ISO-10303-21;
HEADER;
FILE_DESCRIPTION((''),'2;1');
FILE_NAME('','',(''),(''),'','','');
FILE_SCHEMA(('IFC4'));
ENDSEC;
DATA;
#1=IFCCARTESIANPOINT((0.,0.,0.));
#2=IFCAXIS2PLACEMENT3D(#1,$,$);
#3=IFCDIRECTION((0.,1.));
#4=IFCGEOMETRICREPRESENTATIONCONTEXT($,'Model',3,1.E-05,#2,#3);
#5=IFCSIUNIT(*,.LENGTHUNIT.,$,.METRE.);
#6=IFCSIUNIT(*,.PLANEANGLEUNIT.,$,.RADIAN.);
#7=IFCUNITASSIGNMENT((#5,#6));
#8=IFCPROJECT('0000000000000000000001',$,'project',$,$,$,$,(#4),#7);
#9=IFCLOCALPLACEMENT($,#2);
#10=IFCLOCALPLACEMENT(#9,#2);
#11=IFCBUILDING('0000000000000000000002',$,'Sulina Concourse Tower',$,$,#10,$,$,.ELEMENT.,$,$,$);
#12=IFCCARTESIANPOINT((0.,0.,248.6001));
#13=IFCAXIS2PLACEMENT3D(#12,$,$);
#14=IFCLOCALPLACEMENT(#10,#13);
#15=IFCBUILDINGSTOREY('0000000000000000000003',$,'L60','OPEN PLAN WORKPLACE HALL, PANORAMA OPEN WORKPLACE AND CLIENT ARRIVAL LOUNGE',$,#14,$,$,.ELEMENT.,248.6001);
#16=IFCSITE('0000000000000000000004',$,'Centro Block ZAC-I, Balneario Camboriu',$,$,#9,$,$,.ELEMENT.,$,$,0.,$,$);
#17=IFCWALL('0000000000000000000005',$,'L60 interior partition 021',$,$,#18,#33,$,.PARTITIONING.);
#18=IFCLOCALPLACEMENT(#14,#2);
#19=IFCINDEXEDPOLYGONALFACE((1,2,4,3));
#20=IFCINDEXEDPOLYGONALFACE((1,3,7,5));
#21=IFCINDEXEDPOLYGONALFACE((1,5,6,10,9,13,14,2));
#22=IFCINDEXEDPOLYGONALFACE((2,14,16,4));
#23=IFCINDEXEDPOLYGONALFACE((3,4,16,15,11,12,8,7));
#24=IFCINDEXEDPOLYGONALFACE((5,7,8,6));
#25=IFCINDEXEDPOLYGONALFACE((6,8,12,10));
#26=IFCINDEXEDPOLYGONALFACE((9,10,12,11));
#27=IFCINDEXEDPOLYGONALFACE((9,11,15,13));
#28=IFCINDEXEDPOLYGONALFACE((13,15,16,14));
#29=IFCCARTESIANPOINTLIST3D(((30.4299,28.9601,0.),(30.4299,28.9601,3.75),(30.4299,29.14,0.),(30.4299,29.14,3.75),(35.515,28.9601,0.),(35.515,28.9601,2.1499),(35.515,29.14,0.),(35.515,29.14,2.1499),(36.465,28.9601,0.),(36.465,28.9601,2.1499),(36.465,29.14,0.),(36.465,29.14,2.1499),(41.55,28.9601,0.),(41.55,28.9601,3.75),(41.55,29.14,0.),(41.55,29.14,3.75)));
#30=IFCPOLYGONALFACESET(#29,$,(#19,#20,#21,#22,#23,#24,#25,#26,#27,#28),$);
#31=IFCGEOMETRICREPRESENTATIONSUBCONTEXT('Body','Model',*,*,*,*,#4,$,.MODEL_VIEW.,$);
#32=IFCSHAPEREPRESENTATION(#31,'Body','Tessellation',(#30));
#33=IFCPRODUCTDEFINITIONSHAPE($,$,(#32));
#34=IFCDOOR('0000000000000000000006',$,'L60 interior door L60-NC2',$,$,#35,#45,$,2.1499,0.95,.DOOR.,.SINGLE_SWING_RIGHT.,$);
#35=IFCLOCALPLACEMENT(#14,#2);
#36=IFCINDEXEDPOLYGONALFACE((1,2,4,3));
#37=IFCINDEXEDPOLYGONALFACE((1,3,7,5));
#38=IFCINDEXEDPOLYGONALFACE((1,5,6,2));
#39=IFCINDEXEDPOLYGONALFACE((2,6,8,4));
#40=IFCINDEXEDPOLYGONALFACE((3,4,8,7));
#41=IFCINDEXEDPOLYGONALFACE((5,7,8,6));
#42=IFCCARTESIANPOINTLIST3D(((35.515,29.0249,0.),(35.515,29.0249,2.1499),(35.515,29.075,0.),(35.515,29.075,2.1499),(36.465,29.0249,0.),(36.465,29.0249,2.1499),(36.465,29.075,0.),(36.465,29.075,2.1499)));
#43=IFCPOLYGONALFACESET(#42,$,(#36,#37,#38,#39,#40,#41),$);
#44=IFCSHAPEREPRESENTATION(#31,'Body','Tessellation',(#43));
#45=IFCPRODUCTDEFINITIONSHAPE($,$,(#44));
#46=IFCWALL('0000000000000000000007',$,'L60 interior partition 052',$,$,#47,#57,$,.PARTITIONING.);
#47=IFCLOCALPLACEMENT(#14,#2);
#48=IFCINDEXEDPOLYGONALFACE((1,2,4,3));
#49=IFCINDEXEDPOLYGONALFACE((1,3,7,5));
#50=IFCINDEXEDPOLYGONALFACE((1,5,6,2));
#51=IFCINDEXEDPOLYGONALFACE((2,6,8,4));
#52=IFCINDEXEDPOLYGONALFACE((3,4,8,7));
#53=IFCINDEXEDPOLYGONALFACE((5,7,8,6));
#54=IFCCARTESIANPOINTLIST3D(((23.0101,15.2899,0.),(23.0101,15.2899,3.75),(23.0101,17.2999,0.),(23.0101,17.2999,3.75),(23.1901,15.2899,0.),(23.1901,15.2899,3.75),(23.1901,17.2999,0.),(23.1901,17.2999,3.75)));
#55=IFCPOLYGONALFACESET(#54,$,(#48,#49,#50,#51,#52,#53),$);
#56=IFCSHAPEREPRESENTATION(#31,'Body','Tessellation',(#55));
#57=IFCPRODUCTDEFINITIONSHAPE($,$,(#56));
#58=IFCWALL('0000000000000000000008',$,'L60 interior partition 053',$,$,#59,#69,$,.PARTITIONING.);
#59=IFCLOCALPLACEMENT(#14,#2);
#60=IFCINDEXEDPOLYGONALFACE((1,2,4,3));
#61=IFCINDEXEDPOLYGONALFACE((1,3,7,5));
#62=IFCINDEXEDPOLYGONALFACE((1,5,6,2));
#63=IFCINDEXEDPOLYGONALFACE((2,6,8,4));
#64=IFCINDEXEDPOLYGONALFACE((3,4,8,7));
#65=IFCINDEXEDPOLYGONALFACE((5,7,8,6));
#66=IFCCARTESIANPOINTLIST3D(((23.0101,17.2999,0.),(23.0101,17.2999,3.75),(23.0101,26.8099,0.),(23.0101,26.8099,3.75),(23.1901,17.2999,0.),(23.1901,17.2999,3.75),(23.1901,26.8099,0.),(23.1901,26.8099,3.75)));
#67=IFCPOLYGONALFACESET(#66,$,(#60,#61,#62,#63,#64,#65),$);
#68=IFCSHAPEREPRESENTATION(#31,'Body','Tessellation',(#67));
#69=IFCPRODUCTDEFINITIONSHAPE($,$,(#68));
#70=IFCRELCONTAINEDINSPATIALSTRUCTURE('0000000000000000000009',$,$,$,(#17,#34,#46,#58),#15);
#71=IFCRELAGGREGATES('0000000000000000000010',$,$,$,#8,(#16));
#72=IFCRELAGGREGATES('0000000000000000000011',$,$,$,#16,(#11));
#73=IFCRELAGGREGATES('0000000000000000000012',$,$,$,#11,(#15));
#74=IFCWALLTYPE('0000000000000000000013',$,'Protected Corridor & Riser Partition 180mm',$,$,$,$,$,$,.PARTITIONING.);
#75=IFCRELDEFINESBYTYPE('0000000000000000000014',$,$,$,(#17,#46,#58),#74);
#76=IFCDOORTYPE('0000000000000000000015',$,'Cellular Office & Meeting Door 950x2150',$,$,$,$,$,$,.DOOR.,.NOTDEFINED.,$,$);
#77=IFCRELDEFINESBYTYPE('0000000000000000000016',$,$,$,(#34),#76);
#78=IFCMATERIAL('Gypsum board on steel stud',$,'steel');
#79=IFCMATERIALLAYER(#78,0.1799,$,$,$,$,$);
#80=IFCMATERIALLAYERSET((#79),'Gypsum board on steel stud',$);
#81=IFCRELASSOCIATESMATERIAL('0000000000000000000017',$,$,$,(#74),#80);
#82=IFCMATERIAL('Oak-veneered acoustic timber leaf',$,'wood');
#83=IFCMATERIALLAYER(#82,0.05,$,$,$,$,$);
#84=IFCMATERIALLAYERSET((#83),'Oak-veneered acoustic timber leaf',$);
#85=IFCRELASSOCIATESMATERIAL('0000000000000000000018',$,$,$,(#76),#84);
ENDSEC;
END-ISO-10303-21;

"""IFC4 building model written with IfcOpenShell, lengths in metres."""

from ifc_helpers import new_model, si_unit, direction, frame, frame_2d, origin, place, context, subcontext, project, spatial, rectangle, extrude, material, layer, layer_set, type_object, element, fill, save


model = new_model("IFC4")

# Units and contexts
model_context = context("Model", 3, precision=1e-05, world=origin(), true_north=direction((0.0, 1.0)))
body_context = subcontext(model_context, "Body", "Model", "MODEL_VIEW")
ifc_project = project(units=[si_unit("LENGTHUNIT", "METRE"), si_unit("PLANEANGLEUNIT", "RADIAN")], contexts=[model_context])

# Site, building, storey
site_placement = place(None, origin())
site = spatial("IfcSite", under=ifc_project, at=site_placement, Name="Centro Block ZAC-I, Balneario Camboriu", CompositionType="ELEMENT", RefElevation=0.0)
building_placement = place(site_placement, origin())
building = spatial("IfcBuilding", under=site, at=building_placement, Name="Sulina Concourse Tower", CompositionType="ELEMENT")
storey_placement = place(building_placement, frame((0.0, 0.0, 248.6001)))
storey = spatial("IfcBuildingStorey", under=building, at=storey_placement, Name="L60", Description="OPEN PLAN WORKPLACE HALL, PANORAMA OPEN WORKPLACE AND CLIENT ARRIVAL LOUNGE", CompositionType="ELEMENT", Elevation=248.6001)

# Wall, opening, door
ifc_material_1 = material(Name="Gypsum board on steel stud", Category="steel")
ifc_layer_1 = layer(ifc_material_1, 0.1799)
ifc_layer_set_1 = layer_set([ifc_layer_1], Name="Gypsum board on steel stud")
wall_type_1 = type_object("IfcWallType", Name="Protected Corridor & Riser Partition 180mm", PredefinedType="PARTITIONING", material=ifc_layer_set_1)
wall_1_placement = place(storey_placement, frame((30.4299, 29.05, 0.0), z_axis=(0.0, 0.0, 1.0), x_axis=(1.0, 0.0, 0.0)))
wall_1 = element("IfcWall", 1, at=wall_1_placement, inside=storey, type_object=wall_type_1, Name="L60 interior partition 021", PredefinedType="PARTITIONING", context=body_context, shape_type="SweptSolid", body=[
    extrude(rectangle(XDim=11.1201, YDim=0.1799, at=frame_2d((5.5601, 0.0))), origin(), (0.0, 0.0, 1.0), 3.75),
])
opening_1_placement = place(wall_1_placement, frame((5.085, 0.0, 0.0)))
opening_1 = element("IfcOpeningElement", 2, at=opening_1_placement, cuts=wall_1, PredefinedType="OPENING", context=body_context, shape_type="SweptSolid", body=[
    extrude(rectangle(XDim=0.95, YDim=2.1499, at=frame_2d((0.4751, 1.075))), frame((0.0, 0.0999, 0.0), z_axis=(0.0, -1.0, 0.0), x_axis=(1.0, 0.0, 0.0)), (0.0, 0.0, 1.0), 0.2),
])
ifc_material_2 = material(Name="Oak-veneered acoustic timber leaf", Category="wood")
ifc_layer_2 = layer(ifc_material_2, 0.05)
ifc_layer_set_2 = layer_set([ifc_layer_2], Name="Oak-veneered acoustic timber leaf")
door_type_1 = type_object("IfcDoorType", Name="Cellular Office & Meeting Door 950x2150", OperationType="NOTDEFINED", PredefinedType="DOOR", material=ifc_layer_set_2)
door_1_placement = place(opening_1_placement, origin())
door_1 = element("IfcDoor", 3, at=door_1_placement, inside=storey, type_object=door_type_1, Name="L60 interior door L60-NC2", OperationType="SINGLE_SWING_RIGHT", OverallHeight=2.1499, OverallWidth=0.95, PredefinedType="DOOR", context=body_context, shape_type="SweptSolid", body=[
    extrude(rectangle(XDim=0.95, YDim=2.1499, at=frame_2d((0.4751, 1.075))), frame((0.0, 0.0249, 0.0), z_axis=(0.0, -1.0, 0.0), x_axis=(1.0, 0.0, 0.0)), (0.0, 0.0, 1.0), 0.05),
])
fill(opening_1, door_1)

# Walls
wall_2_placement = place(storey_placement, frame((23.1001, 15.29, 0.0), z_axis=(0.0, 0.0, 1.0), x_axis=(0.0, 1.0, 0.0)))
element("IfcWall", 4, at=wall_2_placement, inside=storey, type_object=wall_type_1, Name="L60 interior partition 052", PredefinedType="PARTITIONING", context=body_context, shape_type="SweptSolid", body=[
    extrude(rectangle(XDim=2.01, YDim=0.1799, at=frame_2d((1.0049, 0.0))), origin(), (0.0, 0.0, 1.0), 3.75),
])
wall_3_placement = place(storey_placement, frame((23.1001, 17.3, 0.0), z_axis=(0.0, 0.0, 1.0), x_axis=(0.0, 1.0, 0.0)))
element("IfcWall", 5, at=wall_3_placement, inside=storey, type_object=wall_type_1, Name="L60 interior partition 053", PredefinedType="PARTITIONING", context=body_context, shape_type="SweptSolid", body=[
    extrude(rectangle(XDim=9.51, YDim=0.1799, at=frame_2d((4.7549, 0.0))), origin(), (0.0, 0.0, 1.0), 3.75),
])

save(model, "model.ifc")
